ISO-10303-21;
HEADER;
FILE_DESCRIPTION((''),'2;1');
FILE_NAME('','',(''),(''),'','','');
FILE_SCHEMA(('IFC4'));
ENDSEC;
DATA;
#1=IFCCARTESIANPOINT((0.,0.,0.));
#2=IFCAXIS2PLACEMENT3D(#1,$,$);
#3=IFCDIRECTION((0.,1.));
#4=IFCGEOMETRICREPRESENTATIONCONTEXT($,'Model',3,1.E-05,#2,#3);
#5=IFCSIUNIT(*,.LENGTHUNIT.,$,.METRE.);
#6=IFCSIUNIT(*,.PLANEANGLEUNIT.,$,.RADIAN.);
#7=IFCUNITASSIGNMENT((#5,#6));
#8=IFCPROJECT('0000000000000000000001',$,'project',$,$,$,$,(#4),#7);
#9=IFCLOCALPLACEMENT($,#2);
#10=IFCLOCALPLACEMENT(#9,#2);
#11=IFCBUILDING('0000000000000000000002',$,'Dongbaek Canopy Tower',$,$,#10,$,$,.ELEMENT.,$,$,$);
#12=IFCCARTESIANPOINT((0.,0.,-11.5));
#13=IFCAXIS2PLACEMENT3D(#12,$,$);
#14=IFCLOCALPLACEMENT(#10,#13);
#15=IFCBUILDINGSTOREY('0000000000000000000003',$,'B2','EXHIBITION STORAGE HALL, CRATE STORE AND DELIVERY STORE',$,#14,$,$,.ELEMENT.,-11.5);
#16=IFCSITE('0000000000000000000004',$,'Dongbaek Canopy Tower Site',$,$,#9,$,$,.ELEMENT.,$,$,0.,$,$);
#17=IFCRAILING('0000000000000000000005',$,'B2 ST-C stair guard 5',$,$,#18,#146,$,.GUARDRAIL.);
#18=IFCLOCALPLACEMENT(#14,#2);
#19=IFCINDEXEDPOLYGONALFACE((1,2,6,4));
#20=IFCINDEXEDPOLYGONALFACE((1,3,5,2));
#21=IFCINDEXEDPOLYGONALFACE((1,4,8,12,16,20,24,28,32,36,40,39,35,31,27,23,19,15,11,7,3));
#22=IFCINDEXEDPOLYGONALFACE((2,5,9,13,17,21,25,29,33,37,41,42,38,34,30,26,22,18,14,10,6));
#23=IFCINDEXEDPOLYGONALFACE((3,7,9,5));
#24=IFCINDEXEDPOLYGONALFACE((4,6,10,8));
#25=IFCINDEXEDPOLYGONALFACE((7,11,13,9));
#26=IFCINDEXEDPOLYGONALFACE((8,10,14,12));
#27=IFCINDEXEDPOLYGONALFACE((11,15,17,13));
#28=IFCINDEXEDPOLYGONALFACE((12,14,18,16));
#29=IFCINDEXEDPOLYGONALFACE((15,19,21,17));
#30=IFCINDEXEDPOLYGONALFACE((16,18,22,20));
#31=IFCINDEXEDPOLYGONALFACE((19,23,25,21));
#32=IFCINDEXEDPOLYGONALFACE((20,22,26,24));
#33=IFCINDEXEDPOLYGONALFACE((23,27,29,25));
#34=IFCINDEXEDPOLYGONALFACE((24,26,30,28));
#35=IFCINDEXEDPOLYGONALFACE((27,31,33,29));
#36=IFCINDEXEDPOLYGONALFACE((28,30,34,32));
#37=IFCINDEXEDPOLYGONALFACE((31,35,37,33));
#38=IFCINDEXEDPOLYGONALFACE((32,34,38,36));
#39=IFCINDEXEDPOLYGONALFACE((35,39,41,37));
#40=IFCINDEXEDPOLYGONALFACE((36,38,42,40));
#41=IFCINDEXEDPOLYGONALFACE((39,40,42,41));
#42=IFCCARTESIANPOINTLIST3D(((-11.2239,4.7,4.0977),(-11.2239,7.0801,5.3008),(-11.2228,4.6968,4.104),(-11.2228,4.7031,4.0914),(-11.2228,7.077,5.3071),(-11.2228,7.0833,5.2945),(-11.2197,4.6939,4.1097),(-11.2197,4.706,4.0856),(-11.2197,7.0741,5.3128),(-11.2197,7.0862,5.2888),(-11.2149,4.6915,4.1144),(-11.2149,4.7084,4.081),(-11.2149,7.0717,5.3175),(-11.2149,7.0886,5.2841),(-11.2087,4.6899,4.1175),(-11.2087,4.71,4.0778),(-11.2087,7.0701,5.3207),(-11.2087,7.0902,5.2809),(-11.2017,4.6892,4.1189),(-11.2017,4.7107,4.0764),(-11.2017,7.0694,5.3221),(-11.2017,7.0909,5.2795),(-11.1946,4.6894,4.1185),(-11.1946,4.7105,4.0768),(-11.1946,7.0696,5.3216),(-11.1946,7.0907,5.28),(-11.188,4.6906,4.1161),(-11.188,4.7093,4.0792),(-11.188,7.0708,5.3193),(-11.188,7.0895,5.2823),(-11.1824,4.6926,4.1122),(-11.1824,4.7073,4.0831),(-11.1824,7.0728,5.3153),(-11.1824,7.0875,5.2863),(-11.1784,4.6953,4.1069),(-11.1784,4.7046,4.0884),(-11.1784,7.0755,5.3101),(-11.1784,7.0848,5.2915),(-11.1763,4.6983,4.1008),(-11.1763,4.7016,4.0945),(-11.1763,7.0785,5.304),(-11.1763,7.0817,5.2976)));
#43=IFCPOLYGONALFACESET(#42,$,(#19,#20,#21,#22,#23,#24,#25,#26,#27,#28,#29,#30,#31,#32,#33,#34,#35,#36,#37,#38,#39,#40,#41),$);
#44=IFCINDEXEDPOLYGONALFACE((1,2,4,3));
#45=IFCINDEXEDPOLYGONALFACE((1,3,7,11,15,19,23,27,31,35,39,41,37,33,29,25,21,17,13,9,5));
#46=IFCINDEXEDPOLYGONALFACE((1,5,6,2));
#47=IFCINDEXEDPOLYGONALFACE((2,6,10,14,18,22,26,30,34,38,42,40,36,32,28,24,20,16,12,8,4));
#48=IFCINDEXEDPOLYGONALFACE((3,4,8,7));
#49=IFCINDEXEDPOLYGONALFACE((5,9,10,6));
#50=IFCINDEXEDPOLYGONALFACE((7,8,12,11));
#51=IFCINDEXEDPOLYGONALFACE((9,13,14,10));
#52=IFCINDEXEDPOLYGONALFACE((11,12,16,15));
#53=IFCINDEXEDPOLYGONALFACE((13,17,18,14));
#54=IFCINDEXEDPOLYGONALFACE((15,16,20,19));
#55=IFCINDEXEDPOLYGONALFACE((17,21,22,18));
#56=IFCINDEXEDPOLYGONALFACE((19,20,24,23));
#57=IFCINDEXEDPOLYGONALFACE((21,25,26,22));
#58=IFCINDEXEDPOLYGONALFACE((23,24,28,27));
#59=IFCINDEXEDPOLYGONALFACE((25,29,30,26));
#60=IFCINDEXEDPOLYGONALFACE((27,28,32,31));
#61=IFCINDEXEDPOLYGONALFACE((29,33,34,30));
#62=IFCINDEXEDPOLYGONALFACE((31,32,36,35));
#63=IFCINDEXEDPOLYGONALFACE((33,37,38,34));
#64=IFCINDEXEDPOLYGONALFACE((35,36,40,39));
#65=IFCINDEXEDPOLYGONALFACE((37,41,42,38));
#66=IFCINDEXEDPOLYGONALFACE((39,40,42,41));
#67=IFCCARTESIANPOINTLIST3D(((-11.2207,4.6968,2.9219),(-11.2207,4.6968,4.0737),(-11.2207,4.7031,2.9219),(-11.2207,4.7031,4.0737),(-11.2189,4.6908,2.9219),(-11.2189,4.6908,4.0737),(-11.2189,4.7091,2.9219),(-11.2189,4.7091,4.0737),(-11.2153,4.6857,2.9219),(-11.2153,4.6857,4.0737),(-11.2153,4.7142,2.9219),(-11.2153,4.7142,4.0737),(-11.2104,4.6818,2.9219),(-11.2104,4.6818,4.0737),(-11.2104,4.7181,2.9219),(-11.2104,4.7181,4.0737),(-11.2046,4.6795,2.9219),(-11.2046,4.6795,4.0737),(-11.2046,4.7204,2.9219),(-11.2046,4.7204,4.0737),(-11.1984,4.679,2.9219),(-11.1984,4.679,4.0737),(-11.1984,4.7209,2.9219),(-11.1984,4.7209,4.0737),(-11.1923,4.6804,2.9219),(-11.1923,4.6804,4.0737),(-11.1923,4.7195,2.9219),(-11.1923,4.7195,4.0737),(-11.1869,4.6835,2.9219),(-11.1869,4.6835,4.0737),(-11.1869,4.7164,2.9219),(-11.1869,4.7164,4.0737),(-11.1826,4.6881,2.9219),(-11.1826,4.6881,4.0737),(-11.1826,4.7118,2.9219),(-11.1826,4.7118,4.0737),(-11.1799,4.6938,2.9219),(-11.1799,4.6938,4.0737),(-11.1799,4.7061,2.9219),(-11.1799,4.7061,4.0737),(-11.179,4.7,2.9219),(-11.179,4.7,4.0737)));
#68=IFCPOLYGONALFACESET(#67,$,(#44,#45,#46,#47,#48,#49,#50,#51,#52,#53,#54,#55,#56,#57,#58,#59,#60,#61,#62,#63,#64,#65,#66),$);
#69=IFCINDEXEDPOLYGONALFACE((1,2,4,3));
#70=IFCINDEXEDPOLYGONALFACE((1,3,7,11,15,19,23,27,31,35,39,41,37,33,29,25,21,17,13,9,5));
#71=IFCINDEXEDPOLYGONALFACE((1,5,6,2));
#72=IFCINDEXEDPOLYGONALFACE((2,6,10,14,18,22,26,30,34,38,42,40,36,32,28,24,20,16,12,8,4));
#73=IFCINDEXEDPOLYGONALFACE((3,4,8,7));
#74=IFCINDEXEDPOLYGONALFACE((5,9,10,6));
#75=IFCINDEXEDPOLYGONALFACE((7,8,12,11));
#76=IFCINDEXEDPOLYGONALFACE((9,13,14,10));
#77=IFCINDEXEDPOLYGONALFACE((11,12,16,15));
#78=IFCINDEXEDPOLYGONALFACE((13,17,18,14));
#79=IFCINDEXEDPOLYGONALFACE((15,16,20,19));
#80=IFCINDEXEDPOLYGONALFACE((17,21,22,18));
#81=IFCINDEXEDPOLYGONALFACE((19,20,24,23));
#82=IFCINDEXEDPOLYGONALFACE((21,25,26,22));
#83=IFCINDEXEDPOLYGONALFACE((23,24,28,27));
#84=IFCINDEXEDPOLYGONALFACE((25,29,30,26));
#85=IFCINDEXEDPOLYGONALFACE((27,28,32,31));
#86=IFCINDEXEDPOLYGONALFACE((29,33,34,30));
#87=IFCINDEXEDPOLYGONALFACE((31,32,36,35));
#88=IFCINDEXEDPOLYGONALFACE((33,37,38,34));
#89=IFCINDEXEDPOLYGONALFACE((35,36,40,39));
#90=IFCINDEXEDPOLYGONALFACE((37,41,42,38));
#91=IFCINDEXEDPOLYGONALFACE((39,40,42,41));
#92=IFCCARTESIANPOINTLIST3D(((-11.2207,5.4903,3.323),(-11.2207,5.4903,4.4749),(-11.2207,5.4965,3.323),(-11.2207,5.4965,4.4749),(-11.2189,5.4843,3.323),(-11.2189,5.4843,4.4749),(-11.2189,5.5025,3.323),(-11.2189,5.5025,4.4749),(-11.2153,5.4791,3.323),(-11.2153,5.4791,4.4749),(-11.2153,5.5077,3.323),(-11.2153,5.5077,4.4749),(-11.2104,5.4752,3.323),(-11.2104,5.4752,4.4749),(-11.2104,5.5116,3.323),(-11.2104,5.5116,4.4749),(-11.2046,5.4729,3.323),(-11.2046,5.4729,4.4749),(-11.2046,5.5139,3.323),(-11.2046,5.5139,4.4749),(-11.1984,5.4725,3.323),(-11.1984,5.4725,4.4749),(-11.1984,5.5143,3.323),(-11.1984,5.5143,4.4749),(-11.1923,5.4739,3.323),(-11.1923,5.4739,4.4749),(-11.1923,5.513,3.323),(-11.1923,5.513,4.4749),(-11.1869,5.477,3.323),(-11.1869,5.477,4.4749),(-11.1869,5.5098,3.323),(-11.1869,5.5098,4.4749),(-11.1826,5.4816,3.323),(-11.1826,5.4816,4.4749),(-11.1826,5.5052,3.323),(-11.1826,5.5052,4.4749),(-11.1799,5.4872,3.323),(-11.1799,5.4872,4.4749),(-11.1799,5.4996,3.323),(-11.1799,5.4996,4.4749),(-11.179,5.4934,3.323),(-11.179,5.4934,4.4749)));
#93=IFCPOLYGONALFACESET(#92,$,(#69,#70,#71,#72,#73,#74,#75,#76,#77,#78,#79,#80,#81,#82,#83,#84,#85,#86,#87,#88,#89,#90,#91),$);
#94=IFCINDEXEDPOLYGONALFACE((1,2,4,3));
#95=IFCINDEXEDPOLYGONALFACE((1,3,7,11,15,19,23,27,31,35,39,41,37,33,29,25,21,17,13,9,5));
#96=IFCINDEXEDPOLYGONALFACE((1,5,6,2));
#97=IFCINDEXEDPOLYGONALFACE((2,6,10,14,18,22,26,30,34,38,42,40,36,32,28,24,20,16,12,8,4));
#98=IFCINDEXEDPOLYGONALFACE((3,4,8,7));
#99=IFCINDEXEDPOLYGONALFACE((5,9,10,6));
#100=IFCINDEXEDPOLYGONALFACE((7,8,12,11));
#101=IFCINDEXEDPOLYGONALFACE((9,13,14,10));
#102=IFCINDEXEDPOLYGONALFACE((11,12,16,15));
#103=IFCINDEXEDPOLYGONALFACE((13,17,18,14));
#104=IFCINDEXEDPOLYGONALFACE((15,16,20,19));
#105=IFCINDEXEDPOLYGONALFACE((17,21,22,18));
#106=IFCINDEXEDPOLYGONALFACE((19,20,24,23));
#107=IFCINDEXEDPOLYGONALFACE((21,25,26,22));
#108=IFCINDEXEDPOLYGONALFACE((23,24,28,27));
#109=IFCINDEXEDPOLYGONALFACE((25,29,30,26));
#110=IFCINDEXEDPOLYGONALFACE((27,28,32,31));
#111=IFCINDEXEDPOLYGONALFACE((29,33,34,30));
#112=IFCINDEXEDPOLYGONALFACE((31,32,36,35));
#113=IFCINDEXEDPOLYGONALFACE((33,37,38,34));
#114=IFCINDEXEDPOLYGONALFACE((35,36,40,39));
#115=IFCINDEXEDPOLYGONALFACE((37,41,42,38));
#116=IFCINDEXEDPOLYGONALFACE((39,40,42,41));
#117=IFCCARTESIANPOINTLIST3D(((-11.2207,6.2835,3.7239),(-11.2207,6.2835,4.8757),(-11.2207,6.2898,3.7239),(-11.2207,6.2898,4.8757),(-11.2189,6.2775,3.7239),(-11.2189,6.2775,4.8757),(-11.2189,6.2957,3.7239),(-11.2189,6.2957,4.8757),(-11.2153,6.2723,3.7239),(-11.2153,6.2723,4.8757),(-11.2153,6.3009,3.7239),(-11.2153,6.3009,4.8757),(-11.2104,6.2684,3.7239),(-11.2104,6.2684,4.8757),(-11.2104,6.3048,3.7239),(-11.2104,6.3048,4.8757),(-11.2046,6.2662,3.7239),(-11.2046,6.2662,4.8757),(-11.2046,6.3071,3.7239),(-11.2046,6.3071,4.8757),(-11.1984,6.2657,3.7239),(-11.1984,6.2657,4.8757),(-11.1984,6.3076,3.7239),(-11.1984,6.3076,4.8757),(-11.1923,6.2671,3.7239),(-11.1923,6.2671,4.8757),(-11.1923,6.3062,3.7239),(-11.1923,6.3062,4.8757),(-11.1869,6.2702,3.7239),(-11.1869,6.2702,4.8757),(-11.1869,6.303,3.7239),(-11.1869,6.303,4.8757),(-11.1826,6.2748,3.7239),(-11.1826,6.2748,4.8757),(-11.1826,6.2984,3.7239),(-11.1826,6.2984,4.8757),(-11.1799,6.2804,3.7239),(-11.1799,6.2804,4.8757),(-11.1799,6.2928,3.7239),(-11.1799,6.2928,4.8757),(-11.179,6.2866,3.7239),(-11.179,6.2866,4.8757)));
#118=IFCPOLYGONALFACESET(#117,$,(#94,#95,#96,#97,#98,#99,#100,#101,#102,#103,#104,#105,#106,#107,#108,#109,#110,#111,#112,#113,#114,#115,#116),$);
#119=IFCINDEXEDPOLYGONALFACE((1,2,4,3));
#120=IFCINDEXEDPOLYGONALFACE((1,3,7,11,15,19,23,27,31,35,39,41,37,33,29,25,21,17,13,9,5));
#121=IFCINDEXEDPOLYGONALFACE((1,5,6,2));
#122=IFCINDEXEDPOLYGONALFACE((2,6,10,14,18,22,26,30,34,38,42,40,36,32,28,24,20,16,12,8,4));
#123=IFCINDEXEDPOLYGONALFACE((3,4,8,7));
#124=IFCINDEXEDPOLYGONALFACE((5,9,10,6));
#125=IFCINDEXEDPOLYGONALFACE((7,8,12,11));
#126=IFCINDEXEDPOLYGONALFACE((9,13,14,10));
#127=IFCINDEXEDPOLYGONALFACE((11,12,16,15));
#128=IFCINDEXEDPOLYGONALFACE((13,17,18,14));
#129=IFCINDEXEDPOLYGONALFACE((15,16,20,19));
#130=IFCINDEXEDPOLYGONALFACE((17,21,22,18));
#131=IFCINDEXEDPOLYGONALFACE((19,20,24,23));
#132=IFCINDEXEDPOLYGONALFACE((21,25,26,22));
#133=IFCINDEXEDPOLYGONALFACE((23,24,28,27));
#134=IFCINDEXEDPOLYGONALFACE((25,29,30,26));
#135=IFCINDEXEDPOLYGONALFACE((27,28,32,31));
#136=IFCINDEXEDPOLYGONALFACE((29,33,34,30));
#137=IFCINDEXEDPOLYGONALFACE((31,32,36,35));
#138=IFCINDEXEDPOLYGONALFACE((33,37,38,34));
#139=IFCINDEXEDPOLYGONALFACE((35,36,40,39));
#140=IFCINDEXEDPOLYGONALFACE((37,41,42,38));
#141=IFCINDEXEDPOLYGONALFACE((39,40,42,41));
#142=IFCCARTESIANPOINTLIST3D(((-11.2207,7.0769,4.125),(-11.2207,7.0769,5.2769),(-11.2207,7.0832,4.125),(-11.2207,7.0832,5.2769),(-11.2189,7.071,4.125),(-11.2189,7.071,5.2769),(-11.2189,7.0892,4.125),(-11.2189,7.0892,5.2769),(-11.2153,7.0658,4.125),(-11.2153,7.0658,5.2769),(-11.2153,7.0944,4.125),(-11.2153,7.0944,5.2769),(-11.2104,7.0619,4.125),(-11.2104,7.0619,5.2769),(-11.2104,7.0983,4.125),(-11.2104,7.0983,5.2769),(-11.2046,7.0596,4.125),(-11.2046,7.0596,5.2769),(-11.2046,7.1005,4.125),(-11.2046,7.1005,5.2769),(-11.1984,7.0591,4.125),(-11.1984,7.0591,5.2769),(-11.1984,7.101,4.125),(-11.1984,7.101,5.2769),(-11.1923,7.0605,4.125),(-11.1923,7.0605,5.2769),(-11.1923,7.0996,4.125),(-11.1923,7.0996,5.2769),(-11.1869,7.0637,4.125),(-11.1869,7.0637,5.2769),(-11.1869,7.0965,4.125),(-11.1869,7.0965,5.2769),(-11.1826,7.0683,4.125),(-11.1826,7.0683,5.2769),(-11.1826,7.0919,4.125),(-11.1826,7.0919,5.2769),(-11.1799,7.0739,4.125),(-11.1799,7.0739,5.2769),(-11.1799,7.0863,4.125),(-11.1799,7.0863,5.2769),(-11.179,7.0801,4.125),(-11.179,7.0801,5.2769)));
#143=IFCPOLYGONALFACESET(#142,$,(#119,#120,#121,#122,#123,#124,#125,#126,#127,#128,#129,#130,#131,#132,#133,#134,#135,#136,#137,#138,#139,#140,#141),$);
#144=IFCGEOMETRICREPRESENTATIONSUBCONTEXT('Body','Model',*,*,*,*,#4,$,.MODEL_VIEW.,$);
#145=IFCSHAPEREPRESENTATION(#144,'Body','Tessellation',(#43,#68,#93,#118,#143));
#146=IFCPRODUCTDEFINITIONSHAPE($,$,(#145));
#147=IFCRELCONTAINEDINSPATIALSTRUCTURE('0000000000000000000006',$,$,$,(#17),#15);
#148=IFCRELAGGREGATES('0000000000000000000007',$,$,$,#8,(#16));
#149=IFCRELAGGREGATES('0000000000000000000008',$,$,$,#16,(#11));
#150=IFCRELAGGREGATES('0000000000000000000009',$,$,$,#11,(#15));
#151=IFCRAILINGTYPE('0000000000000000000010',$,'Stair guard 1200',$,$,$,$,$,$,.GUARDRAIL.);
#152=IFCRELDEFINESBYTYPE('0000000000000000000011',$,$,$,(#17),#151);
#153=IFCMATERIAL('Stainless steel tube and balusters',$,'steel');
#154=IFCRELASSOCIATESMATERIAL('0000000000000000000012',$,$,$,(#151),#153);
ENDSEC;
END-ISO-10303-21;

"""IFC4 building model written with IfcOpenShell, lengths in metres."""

from ifc_helpers import new_model, si_unit, direction, frame, origin, origin_2d, place, context, subcontext, project, spatial, circle, extrude, material, type_object, element, save


model = new_model("IFC4")

# Units and contexts
model_context = context("Model", 3, precision=1e-05, world=origin(), true_north=direction((0.0, 1.0)))
body_context = subcontext(model_context, "Body", "Model", "MODEL_VIEW")
ifc_project = project(units=[si_unit("LENGTHUNIT", "METRE"), si_unit("PLANEANGLEUNIT", "RADIAN")], contexts=[model_context])

# Site, building, storey
site_placement = place(None, origin())
site = spatial("IfcSite", under=ifc_project, at=site_placement, Name="Dongbaek Canopy Tower Site", CompositionType="ELEMENT", RefElevation=0.0)
building_placement = place(site_placement, origin())
building = spatial("IfcBuilding", under=site, at=building_placement, Name="Dongbaek Canopy Tower", CompositionType="ELEMENT")
storey_placement = place(building_placement, frame((0.0, 0.0, -11.5)))
storey = spatial("IfcBuildingStorey", under=building, at=storey_placement, Name="B2", Description="EXHIBITION STORAGE HALL, CRATE STORE AND DELIVERY STORE", CompositionType="ELEMENT", Elevation=-11.5)

# Railing
ifc_material_1 = material(Name="Stainless steel tube and balusters", Category="steel")
railing_type_1 = type_object("IfcRailingType", Name="Stair guard 1200", PredefinedType="GUARDRAIL", material=ifc_material_1)
railing_1_placement = place(storey_placement, frame((-11.2, 4.7, 2.9219)))
element("IfcRailing", 1, at=railing_1_placement, inside=storey, type_object=railing_type_1, Name="B2 ST-C stair guard 5", PredefinedType="GUARDRAIL", context=body_context, shape_type="SweptSolid", body=[
    extrude(circle(Radius=0.0239, at=origin_2d()), frame((0.0, 0.0, 1.1758), z_axis=(0.0, 0.89246, 0.451127), x_axis=(-1.0, 0.0, 0.0)), (0.0, 0.0, 1.0), 2.667),
    extrude(circle(Radius=0.021, at=origin_2d()), origin(), (0.0, 0.0, 1.0), 1.1519),
    extrude(circle(Radius=0.021, at=origin_2d()), frame((0.0, 0.7935, 0.4011)), (0.0, 0.0, 1.0), 1.1519),
    extrude(circle(Radius=0.021, at=origin_2d()), frame((0.0, 1.5867, 0.802)), (0.0, 0.0, 1.0), 1.1519),
    extrude(circle(Radius=0.021, at=origin_2d()), frame((0.0, 2.3801, 1.2031)), (0.0, 0.0, 1.0), 1.1519),
])

save(model, "model.ifc")
